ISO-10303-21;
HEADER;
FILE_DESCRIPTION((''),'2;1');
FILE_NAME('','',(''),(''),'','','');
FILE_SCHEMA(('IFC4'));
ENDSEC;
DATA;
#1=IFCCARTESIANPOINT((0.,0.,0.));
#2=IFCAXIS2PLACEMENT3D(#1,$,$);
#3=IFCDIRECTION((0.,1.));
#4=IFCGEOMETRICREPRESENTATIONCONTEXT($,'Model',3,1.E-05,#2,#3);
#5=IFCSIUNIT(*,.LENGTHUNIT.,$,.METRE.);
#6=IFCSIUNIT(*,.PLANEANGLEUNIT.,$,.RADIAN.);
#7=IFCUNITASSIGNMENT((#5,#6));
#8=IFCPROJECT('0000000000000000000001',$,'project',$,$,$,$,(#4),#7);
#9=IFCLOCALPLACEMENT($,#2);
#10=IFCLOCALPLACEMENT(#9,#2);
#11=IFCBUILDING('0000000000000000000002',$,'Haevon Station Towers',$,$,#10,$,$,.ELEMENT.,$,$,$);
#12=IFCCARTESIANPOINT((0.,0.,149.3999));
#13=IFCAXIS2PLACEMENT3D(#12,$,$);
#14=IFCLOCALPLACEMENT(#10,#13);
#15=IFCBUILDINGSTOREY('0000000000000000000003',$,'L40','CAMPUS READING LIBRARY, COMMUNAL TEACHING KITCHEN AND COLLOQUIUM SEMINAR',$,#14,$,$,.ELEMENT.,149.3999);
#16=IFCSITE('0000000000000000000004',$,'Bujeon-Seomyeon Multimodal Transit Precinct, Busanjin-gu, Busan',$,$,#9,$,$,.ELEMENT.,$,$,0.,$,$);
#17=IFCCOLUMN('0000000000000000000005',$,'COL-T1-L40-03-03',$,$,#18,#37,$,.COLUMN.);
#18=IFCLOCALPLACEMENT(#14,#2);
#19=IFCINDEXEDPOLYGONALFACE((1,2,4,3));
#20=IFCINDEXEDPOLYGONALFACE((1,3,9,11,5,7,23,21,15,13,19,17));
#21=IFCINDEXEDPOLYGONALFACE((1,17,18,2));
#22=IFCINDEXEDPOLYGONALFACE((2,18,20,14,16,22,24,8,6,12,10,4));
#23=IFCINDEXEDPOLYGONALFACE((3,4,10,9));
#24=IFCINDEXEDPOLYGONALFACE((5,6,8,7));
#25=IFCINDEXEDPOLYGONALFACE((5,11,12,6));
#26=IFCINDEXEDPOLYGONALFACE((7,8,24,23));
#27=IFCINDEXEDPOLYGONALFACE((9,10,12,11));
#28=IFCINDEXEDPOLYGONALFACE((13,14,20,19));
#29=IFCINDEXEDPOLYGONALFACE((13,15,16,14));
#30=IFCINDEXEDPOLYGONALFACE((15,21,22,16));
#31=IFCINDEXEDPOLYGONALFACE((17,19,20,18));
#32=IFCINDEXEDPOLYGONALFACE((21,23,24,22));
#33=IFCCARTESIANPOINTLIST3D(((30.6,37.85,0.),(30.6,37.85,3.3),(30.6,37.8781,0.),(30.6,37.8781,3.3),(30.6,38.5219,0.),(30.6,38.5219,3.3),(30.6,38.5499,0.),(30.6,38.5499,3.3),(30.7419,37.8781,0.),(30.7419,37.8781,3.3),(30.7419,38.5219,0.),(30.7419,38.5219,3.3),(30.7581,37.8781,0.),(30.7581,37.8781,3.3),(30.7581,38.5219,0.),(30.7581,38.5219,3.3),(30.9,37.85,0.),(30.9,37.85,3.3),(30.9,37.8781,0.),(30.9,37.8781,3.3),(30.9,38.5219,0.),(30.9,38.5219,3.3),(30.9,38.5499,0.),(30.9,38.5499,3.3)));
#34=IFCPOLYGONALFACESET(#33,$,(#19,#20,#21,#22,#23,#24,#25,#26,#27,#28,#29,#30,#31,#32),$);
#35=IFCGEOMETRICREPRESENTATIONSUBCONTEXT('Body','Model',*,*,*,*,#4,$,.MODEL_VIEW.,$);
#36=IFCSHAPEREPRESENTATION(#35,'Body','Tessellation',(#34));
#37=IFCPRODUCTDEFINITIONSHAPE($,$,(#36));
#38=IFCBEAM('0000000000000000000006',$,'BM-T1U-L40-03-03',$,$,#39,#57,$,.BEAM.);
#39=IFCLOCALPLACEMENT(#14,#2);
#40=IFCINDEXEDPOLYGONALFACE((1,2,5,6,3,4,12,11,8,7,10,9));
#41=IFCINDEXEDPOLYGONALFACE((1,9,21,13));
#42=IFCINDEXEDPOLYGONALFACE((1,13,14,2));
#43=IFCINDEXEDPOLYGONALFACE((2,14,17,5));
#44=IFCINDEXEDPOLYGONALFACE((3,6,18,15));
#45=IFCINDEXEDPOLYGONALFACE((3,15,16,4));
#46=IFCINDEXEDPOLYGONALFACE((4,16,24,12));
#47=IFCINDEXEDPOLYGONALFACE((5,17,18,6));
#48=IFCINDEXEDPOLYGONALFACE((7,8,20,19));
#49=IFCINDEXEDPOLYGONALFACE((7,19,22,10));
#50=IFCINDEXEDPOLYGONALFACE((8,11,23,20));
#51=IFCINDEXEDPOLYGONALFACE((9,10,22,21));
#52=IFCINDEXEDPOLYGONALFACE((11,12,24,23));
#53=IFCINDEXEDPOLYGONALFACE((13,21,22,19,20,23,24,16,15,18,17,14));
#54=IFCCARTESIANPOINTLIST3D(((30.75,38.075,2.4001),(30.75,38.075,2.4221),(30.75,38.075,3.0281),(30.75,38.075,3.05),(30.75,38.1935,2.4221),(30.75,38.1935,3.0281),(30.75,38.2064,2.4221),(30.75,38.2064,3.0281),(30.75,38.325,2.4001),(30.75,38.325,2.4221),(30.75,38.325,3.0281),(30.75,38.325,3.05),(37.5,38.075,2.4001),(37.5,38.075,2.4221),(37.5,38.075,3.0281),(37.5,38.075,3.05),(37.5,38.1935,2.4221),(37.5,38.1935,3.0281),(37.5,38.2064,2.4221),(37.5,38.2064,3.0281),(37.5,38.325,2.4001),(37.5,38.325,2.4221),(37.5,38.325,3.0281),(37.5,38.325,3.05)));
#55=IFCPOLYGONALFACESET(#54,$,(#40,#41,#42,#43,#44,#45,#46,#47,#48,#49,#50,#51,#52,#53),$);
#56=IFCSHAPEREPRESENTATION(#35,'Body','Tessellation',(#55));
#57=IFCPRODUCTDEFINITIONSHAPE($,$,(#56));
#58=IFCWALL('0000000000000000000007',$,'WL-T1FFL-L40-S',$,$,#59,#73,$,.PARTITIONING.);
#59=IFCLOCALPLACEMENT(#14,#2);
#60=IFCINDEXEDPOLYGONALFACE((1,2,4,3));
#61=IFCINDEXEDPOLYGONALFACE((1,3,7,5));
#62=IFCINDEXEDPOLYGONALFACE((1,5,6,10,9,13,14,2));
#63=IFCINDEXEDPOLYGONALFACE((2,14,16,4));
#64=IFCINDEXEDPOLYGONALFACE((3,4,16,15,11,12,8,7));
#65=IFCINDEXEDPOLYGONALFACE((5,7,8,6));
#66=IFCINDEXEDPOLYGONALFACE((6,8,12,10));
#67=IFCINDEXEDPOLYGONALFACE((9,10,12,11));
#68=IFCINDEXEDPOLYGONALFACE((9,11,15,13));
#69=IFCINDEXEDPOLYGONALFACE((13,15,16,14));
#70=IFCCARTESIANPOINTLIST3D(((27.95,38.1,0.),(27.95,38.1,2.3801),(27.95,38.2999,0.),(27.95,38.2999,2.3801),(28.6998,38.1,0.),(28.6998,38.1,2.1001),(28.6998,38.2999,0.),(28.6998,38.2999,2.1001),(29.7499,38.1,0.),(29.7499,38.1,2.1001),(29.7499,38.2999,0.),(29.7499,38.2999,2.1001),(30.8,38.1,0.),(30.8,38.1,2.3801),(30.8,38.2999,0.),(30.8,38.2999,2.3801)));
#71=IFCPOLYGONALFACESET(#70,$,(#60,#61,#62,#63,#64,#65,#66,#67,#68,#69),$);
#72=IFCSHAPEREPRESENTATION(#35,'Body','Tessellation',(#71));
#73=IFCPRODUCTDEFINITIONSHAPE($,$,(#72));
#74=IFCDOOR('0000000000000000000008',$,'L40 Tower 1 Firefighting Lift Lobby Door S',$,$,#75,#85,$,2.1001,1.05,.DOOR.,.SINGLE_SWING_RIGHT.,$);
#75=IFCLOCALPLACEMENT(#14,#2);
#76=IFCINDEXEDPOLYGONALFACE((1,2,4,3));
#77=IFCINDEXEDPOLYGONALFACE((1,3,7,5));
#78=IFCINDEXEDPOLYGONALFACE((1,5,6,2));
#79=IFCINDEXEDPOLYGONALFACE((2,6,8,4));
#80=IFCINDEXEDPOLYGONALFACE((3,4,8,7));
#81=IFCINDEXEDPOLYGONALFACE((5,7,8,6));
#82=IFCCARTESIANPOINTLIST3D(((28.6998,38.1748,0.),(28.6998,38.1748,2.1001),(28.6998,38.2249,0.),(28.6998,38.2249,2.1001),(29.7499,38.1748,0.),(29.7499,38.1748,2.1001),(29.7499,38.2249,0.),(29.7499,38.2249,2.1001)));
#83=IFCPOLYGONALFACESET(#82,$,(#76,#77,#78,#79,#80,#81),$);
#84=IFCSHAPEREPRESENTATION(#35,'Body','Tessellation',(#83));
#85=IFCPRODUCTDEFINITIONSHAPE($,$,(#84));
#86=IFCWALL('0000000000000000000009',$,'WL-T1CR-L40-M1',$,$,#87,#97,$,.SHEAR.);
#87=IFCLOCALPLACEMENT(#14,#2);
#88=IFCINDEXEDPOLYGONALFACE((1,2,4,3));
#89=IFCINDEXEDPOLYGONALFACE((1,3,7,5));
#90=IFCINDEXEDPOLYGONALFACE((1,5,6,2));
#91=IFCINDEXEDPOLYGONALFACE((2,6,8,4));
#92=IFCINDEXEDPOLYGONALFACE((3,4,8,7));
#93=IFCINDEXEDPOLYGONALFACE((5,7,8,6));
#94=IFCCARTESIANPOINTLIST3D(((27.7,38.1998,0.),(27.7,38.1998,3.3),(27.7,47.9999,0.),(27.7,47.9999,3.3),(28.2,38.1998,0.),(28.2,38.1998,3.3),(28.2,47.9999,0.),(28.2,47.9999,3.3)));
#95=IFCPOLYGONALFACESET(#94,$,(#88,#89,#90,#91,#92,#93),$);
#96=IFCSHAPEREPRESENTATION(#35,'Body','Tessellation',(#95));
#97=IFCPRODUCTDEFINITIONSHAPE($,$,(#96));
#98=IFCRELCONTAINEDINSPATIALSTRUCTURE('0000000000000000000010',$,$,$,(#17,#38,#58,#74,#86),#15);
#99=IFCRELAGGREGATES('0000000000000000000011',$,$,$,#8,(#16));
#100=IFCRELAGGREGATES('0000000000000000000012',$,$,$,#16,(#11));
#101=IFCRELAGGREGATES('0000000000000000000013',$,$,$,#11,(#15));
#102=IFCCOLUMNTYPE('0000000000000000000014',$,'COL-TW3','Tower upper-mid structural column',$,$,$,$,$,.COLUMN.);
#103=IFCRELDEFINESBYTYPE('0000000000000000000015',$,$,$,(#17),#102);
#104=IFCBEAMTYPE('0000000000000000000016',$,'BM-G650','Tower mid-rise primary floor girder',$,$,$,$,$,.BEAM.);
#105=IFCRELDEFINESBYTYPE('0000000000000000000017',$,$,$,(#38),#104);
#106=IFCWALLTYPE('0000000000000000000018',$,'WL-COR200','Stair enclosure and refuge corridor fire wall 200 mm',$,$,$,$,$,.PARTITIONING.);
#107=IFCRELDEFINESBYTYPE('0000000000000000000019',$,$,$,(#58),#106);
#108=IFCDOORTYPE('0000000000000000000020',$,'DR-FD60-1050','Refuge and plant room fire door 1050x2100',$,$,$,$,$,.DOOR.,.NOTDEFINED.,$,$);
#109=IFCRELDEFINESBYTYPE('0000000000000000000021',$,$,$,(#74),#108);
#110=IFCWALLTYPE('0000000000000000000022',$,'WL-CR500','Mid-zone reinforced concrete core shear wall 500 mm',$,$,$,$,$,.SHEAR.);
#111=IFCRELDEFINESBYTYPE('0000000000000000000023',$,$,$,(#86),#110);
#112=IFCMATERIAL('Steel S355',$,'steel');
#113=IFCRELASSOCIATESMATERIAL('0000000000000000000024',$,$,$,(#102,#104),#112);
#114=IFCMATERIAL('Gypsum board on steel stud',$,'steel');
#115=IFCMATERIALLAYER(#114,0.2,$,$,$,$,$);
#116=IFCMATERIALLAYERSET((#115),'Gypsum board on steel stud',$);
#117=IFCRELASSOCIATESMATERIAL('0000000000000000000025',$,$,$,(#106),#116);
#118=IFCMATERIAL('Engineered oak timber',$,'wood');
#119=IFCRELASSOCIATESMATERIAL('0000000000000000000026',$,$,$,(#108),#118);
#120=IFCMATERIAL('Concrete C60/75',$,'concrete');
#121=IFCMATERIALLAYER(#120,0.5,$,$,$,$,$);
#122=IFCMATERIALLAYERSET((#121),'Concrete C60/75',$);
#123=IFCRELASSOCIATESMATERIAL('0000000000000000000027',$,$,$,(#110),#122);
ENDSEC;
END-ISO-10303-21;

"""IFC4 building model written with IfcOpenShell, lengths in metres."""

from ifc_helpers import new_model, si_unit, direction, frame, frame_2d, origin, origin_2d, place, context, subcontext, project, spatial, rectangle, i_section, extrude, material, layer, layer_set, material_profile, profile_set, type_object, element, fill, save


model = new_model("IFC4")

# Units and contexts
model_context = context("Model", 3, precision=1e-05, world=origin(), true_north=direction((0.0, 1.0)))
body_context = subcontext(model_context, "Body", "Model", "MODEL_VIEW")
ifc_project = project(units=[si_unit("LENGTHUNIT", "METRE"), si_unit("PLANEANGLEUNIT", "RADIAN")], contexts=[model_context])

# Site, building, storey
site_placement = place(None, origin())
site = spatial("IfcSite", under=ifc_project, at=site_placement, Name="Bujeon-Seomyeon Multimodal Transit Precinct, Busanjin-gu, Busan", CompositionType="ELEMENT", RefElevation=0.0)
building_placement = place(site_placement, origin())
building = spatial("IfcBuilding", under=site, at=building_placement, Name="Haevon Station Towers", CompositionType="ELEMENT")
storey_placement = place(building_placement, frame((0.0, 0.0, 149.3999)))
storey = spatial("IfcBuildingStorey", under=building, at=storey_placement, Name="L40", Description="CAMPUS READING LIBRARY, COMMUNAL TEACHING KITCHEN AND COLLOQUIUM SEMINAR", CompositionType="ELEMENT", Elevation=149.3999)

# Column
ifc_material_1 = material(Name="Steel S355", Category="steel")
ifc_material_profile_1 = material_profile(ifc_material_1, i_section(OverallWidth=0.3, OverallDepth=0.7, WebThickness=0.0161, FlangeThickness=0.0281, at=origin_2d()), Name="H-700x300x16x28")
ifc_profile_set_1 = profile_set([ifc_material_profile_1], Name="Steel S355")
column_type = type_object("IfcColumnType", Name="COL-TW3", Description="Tower upper-mid structural column", PredefinedType="COLUMN", material=ifc_profile_set_1)
column_placement = place(storey_placement, frame((30.75, 38.2, 0.0), z_axis=(0.0, 0.0, 1.0), x_axis=(1.0, 0.0, 0.0)))
element("IfcColumn", 1, at=column_placement, inside=storey, type_object=column_type, Name="COL-T1-L40-03-03", PredefinedType="COLUMN", context=body_context, shape_type="SweptSolid", body=[
    extrude(i_section(OverallWidth=0.3, OverallDepth=0.7, WebThickness=0.0161, FlangeThickness=0.0281, at=origin_2d()), origin(), (0.0, 0.0, 1.0), 3.3),
])

# Beam
ifc_material_profile_2 = material_profile(ifc_material_1, i_section(OverallWidth=0.25, OverallDepth=0.6499, WebThickness=0.0129, FlangeThickness=0.022, at=origin_2d()), Name="H-650x250x13x22")
ifc_profile_set_2 = profile_set([ifc_material_profile_2], Name="Steel S355")
beam_type = type_object("IfcBeamType", Name="BM-G650", Description="Tower mid-rise primary floor girder", PredefinedType="BEAM", material=ifc_profile_set_2)
beam_placement = place(storey_placement, frame((30.75, 38.2, 2.7251), z_axis=(1.0, 0.0, 0.0), x_axis=(0.0, 1.0, 0.0)))
element("IfcBeam", 2, at=beam_placement, inside=storey, type_object=beam_type, Name="BM-T1U-L40-03-03", PredefinedType="BEAM", context=body_context, shape_type="SweptSolid", body=[
    extrude(i_section(OverallWidth=0.25, OverallDepth=0.6499, WebThickness=0.0129, FlangeThickness=0.022, at=origin_2d()), origin(), (0.0, 0.0, 1.0), 6.75),
])

# Wall, opening, door
ifc_material_2 = material(Name="Gypsum board on steel stud", Category="steel")
ifc_layer_1 = layer(ifc_material_2, 0.2)
ifc_layer_set_1 = layer_set([ifc_layer_1], Name="Gypsum board on steel stud")
wall_type_1 = type_object("IfcWallType", Name="WL-COR200", Description="Stair enclosure and refuge corridor fire wall 200 mm", PredefinedType="PARTITIONING", material=ifc_layer_set_1)
wall_1_placement = place(storey_placement, frame((27.95, 38.2, 0.0), z_axis=(0.0, 0.0, 1.0), x_axis=(1.0, 0.0, 0.0)))
wall_1 = element("IfcWall", 3, at=wall_1_placement, inside=storey, type_object=wall_type_1, Name="WL-T1FFL-L40-S", PredefinedType="PARTITIONING", context=body_context, shape_type="SweptSolid", body=[
    extrude(rectangle(XDim=2.8501, YDim=0.2, at=frame_2d((1.425, 0.0))), origin(), (0.0, 0.0, 1.0), 2.3801),
])
opening_1_placement = place(wall_1_placement, frame((0.75, 0.0, 0.0)))
opening_1 = element("IfcOpeningElement", 4, at=opening_1_placement, cuts=wall_1, PredefinedType="OPENING", context=body_context, shape_type="SweptSolid", body=[
    extrude(rectangle(XDim=1.05, YDim=2.1001, at=frame_2d((0.5249, 1.05))), frame((0.0, 0.1099, 0.0), z_axis=(0.0, -1.0, 0.0), x_axis=(1.0, 0.0, 0.0)), (0.0, 0.0, 1.0), 0.22),
])
ifc_material_3 = material(Name="Engineered oak timber", Category="wood")
door_type_1 = type_object("IfcDoorType", Name="DR-FD60-1050", Description="Refuge and plant room fire door 1050x2100", OperationType="NOTDEFINED", PredefinedType="DOOR", material=ifc_material_3)
door_1_placement = place(opening_1_placement, origin())
door_1 = element("IfcDoor", 5, at=door_1_placement, inside=storey, type_object=door_type_1, Name="L40 Tower 1 Firefighting Lift Lobby Door S", OperationType="SINGLE_SWING_RIGHT", OverallHeight=2.1001, OverallWidth=1.05, PredefinedType="DOOR", context=body_context, shape_type="SweptSolid", body=[
    extrude(rectangle(XDim=1.05, YDim=2.1001, at=frame_2d((0.5249, 1.05))), frame((0.0, 0.0249, 0.0), z_axis=(0.0, -1.0, 0.0), x_axis=(1.0, 0.0, 0.0)), (0.0, 0.0, 1.0), 0.05),
])
fill(opening_1, door_1)

# Wall
ifc_material_4 = material(Name="Concrete C60/75", Category="concrete")
ifc_layer_2 = layer(ifc_material_4, 0.5)
ifc_layer_set_2 = layer_set([ifc_layer_2], Name="Concrete C60/75")
wall_type_2 = type_object("IfcWallType", Name="WL-CR500", Description="Mid-zone reinforced concrete core shear wall 500 mm", PredefinedType="SHEAR", material=ifc_layer_set_2)
wall_2_placement = place(storey_placement, frame((27.95, 38.2, 0.0), z_axis=(0.0, 0.0, 1.0), x_axis=(0.0, 1.0, 0.0)))
element("IfcWall", 6, at=wall_2_placement, inside=storey, type_object=wall_type_2, Name="WL-T1CR-L40-M1", PredefinedType="SHEAR", context=body_context, shape_type="SweptSolid", body=[
    extrude(rectangle(XDim=9.8, YDim=0.5, at=frame_2d((4.8999, 0.0))), origin(), (0.0, 0.0, 1.0), 3.3),
])

save(model, "model.ifc")
